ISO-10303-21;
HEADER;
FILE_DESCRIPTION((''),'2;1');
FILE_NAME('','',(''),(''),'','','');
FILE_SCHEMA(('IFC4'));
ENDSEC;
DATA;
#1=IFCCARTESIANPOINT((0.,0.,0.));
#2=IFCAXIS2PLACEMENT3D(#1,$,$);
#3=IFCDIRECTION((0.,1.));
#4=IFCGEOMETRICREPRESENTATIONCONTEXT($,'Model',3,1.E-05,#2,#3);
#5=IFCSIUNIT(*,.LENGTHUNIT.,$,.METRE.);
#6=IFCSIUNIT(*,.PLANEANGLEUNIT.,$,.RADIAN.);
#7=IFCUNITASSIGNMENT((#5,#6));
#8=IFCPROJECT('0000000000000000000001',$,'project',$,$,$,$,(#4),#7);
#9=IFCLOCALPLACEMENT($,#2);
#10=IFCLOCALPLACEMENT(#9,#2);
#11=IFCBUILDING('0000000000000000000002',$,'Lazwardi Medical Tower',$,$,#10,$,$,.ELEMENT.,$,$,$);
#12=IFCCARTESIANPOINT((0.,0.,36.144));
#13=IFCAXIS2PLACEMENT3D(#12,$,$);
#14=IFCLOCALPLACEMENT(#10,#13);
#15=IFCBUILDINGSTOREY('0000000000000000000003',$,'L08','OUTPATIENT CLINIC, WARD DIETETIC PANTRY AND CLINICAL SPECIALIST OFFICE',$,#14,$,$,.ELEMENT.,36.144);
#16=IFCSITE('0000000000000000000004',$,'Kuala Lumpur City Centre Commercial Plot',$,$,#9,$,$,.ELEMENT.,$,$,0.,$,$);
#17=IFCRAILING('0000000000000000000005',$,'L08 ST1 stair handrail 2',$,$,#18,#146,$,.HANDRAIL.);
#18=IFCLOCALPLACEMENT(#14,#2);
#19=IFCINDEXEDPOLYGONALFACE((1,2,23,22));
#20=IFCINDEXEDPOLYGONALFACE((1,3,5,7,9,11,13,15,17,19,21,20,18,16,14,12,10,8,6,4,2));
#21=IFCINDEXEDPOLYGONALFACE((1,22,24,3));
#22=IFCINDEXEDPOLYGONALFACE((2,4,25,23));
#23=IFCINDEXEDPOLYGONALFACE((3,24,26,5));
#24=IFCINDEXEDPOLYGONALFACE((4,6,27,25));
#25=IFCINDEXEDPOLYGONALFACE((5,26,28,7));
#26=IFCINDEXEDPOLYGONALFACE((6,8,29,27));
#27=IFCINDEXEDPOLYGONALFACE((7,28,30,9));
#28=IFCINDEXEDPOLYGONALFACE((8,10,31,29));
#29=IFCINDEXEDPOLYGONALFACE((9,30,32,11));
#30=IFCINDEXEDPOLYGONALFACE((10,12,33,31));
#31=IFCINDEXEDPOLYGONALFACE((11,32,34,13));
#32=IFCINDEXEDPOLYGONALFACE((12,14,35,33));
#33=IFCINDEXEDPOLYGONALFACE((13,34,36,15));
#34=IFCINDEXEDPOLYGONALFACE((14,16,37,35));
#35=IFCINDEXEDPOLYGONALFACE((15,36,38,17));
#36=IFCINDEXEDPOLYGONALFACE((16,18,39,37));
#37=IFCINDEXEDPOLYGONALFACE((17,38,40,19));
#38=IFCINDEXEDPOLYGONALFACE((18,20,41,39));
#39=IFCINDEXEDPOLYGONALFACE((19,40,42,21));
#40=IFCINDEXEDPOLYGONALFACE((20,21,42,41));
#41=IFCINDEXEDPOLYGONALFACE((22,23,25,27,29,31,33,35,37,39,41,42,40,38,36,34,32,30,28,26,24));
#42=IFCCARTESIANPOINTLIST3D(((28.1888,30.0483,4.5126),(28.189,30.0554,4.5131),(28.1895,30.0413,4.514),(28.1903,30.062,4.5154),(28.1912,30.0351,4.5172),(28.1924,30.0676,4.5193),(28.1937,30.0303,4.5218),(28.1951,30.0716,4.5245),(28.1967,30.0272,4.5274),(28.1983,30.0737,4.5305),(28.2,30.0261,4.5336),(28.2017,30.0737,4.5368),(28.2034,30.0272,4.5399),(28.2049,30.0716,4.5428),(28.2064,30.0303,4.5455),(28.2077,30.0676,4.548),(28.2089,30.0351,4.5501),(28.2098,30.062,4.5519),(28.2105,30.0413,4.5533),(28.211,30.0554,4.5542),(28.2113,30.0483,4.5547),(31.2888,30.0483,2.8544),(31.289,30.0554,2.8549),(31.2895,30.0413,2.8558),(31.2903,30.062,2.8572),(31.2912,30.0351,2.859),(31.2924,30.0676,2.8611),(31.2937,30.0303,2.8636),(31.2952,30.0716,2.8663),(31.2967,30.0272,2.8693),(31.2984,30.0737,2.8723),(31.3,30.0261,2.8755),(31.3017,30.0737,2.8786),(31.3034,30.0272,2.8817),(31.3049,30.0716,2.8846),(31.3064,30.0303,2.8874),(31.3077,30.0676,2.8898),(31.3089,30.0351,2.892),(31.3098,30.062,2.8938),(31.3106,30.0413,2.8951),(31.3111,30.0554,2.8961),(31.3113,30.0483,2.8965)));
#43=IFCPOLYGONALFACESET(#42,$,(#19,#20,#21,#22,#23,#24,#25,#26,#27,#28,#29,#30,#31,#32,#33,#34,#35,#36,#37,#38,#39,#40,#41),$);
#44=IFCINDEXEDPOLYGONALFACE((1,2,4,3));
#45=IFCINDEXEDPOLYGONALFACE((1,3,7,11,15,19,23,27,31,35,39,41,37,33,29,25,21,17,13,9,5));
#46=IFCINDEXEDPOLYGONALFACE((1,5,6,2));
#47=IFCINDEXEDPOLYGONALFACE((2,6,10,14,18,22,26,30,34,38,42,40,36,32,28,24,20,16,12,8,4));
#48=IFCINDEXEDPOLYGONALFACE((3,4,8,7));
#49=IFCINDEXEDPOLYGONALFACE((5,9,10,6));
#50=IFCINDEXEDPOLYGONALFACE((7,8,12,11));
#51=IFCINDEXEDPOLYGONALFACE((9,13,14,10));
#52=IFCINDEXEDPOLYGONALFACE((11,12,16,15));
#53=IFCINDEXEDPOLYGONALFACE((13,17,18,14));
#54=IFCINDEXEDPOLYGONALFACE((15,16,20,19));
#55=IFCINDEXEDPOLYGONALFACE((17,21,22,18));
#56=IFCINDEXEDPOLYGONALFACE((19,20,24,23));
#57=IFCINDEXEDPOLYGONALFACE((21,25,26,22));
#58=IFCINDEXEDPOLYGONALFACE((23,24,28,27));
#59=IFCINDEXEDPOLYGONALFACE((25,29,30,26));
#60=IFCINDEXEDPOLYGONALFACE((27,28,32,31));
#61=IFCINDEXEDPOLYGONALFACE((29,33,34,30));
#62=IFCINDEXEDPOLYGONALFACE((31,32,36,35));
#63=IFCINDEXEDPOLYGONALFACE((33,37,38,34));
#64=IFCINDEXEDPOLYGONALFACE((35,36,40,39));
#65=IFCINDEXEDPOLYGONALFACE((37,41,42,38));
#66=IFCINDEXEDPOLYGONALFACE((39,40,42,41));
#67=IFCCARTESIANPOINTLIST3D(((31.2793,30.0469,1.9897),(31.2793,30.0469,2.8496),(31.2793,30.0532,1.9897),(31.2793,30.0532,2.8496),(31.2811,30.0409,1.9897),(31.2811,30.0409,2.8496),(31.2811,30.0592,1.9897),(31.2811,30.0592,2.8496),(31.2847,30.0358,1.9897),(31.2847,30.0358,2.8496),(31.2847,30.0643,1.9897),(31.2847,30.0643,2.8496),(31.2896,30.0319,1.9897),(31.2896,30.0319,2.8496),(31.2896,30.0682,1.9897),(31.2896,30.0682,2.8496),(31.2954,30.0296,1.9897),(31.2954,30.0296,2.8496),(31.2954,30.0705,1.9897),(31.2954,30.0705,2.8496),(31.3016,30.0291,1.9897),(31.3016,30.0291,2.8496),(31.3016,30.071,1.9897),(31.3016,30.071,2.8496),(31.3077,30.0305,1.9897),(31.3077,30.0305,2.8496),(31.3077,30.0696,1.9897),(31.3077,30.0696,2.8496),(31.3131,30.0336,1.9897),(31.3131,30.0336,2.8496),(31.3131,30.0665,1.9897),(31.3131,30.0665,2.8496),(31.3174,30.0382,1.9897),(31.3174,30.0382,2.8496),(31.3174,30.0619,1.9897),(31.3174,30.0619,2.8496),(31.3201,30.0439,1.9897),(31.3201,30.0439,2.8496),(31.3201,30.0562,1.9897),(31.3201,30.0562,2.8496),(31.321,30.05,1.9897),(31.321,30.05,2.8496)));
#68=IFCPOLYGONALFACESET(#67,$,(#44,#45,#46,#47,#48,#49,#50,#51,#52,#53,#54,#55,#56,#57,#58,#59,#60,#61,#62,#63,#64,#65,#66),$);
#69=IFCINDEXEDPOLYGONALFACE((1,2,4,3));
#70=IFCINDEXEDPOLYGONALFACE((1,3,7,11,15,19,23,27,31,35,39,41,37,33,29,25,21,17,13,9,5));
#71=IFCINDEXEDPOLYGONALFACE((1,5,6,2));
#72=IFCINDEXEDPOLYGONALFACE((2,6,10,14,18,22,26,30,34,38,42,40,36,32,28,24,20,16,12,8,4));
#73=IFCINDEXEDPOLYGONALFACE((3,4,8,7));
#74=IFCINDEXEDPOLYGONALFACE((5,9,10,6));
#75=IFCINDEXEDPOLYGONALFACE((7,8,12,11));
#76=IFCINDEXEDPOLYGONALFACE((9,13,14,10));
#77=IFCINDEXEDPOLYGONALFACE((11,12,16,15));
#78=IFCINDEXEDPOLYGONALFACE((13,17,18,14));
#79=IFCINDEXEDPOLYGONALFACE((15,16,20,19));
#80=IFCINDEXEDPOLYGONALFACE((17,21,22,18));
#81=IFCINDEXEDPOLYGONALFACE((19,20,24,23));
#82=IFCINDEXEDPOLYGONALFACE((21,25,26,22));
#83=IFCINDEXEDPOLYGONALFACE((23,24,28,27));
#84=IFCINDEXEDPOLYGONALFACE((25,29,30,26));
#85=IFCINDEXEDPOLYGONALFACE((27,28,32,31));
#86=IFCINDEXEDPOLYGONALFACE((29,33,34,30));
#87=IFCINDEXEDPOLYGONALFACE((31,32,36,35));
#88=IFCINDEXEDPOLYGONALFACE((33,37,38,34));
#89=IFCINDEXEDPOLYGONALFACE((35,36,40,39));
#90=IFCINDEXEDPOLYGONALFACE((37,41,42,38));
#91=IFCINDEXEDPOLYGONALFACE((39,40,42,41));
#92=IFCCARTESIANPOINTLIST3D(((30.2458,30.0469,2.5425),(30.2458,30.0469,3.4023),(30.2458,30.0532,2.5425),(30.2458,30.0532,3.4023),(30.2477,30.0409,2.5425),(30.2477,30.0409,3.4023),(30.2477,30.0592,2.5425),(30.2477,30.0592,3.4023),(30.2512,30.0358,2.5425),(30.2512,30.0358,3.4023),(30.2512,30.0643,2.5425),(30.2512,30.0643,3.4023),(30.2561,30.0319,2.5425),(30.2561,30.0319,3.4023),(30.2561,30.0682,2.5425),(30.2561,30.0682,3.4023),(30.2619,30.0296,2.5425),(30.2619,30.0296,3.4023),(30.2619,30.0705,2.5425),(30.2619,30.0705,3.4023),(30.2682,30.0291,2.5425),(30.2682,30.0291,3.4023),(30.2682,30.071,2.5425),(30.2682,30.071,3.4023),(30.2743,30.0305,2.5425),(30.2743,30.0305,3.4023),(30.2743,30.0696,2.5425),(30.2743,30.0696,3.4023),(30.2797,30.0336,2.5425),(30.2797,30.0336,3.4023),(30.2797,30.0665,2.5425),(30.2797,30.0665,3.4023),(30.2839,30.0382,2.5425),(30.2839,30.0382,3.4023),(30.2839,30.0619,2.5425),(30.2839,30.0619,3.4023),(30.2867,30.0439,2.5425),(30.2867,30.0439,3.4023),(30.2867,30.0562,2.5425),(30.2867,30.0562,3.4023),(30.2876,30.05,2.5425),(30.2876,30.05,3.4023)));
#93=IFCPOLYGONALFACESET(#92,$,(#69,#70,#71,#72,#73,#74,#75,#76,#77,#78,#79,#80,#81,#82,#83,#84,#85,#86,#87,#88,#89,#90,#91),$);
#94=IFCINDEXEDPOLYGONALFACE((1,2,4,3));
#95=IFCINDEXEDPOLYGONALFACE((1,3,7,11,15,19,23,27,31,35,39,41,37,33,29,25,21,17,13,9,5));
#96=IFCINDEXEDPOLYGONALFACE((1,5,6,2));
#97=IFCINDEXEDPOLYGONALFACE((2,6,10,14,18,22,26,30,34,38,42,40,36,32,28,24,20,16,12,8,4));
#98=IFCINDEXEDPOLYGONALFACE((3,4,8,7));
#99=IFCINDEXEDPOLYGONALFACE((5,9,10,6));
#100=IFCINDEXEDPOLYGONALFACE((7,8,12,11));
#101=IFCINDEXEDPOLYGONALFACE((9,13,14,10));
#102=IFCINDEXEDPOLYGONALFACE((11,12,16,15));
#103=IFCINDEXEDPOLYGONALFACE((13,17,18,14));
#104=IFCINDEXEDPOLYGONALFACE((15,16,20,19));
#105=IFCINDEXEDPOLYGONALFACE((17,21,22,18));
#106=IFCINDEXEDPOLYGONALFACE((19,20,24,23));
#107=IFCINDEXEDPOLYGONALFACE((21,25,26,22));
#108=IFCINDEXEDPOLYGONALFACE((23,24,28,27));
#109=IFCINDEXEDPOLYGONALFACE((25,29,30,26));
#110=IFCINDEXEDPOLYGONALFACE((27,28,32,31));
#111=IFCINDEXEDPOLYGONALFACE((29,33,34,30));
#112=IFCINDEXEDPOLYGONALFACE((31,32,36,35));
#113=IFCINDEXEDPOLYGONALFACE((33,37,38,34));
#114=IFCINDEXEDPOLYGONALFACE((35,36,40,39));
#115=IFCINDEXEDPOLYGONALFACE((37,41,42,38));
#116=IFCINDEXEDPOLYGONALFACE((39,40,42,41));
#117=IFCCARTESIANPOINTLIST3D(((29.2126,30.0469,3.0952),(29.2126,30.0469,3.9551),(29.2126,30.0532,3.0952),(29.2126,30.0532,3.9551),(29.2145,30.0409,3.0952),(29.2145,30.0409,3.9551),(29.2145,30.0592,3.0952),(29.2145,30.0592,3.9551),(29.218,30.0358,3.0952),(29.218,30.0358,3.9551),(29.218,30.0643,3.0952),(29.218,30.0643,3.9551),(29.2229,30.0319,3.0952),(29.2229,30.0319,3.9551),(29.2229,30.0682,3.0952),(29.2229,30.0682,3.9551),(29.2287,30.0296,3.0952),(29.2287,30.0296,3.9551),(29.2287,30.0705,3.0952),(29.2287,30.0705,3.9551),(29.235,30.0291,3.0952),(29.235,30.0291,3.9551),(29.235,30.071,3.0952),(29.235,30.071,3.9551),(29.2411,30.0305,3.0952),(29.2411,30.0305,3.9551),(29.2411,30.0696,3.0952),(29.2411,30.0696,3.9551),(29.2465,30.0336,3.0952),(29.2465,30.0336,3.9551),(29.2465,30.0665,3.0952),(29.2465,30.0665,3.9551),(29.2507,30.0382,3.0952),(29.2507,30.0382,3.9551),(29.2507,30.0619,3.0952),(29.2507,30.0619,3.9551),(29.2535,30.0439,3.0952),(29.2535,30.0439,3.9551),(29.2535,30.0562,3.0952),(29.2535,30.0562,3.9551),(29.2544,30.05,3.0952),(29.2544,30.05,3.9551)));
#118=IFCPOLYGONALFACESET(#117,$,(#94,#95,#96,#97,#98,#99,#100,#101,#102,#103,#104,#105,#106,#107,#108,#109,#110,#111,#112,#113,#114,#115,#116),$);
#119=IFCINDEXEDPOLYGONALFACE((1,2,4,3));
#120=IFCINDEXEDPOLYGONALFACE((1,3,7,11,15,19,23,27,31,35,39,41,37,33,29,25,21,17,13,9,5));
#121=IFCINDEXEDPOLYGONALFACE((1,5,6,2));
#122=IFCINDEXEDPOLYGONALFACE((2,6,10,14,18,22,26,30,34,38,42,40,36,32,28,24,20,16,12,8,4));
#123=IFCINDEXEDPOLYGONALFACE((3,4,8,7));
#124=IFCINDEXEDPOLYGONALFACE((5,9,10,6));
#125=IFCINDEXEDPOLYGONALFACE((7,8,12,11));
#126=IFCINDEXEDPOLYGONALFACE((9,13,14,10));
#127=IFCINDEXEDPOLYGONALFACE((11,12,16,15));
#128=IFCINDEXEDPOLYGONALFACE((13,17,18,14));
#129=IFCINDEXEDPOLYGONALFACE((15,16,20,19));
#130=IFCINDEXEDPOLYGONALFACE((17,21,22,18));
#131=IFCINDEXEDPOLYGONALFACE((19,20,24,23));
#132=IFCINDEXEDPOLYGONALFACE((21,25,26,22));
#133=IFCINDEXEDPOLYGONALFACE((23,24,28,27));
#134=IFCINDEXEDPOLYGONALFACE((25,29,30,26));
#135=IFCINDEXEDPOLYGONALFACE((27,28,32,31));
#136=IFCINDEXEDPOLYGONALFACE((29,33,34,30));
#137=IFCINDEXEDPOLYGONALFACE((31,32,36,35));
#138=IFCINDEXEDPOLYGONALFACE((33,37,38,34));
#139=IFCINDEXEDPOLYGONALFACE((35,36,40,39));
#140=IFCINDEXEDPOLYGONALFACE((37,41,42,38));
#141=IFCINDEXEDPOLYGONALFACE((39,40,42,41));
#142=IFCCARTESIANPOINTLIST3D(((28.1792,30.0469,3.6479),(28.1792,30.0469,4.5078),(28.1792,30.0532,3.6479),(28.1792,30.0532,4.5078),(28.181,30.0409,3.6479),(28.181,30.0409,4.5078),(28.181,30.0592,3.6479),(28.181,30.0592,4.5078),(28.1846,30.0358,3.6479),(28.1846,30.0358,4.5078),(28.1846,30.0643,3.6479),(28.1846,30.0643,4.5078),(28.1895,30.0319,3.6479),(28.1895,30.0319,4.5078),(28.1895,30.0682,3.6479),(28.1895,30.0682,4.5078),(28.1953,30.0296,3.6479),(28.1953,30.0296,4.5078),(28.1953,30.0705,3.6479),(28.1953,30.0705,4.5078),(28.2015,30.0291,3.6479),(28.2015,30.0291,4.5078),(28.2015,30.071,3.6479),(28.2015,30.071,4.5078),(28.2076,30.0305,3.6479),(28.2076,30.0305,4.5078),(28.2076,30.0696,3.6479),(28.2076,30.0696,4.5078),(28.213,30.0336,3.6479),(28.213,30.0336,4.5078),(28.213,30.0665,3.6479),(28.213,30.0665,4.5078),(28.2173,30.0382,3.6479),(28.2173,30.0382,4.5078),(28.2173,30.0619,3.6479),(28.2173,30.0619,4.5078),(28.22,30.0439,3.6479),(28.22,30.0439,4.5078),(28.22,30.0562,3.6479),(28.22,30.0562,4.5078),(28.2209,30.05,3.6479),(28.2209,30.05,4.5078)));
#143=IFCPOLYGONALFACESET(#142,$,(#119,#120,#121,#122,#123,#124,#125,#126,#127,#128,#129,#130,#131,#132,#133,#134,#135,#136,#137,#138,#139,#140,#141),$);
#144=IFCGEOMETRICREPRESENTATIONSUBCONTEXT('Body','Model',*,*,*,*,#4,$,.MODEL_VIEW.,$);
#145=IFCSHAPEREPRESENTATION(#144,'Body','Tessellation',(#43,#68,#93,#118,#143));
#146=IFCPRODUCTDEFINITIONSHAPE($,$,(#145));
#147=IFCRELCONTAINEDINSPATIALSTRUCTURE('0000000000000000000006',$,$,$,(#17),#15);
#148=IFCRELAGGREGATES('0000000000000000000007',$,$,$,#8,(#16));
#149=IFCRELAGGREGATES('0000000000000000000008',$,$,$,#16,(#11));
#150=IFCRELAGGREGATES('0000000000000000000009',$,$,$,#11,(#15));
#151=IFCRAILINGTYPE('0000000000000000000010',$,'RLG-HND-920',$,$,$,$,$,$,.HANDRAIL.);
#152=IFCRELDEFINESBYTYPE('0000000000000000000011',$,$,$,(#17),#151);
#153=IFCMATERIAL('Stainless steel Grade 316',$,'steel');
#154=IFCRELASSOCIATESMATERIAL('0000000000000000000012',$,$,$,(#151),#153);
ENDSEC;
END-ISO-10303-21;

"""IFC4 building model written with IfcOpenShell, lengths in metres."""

from ifc_helpers import new_model, si_unit, direction, frame, origin, origin_2d, place, context, subcontext, project, spatial, circle, extrude, material, type_object, element, save


model = new_model("IFC4")

# Units and contexts
model_context = context("Model", 3, precision=1e-05, world=origin(), true_north=direction((0.0, 1.0)))
body_context = subcontext(model_context, "Body", "Model", "MODEL_VIEW")
ifc_project = project(units=[si_unit("LENGTHUNIT", "METRE"), si_unit("PLANEANGLEUNIT", "RADIAN")], contexts=[model_context])

# Site, building, storey
site_placement = place(None, origin())
site = spatial("IfcSite", under=ifc_project, at=site_placement, Name="Kuala Lumpur City Centre Commercial Plot", CompositionType="ELEMENT", RefElevation=0.0)
building_placement = place(site_placement, origin())
building = spatial("IfcBuilding", under=site, at=building_placement, Name="Lazwardi Medical Tower", CompositionType="ELEMENT")
storey_placement = place(building_placement, frame((0.0, 0.0, 36.144)))
storey = spatial("IfcBuildingStorey", under=building, at=storey_placement, Name="L08", Description="OUTPATIENT CLINIC, WARD DIETETIC PANTRY AND CLINICAL SPECIALIST OFFICE", CompositionType="ELEMENT", Elevation=36.144)

# Railing
ifc_material_1 = material(Name="Stainless steel Grade 316", Category="steel")
railing_type_1 = type_object("IfcRailingType", Name="RLG-HND-920", PredefinedType="HANDRAIL", material=ifc_material_1)
railing_1_placement = place(storey_placement, frame((31.3, 30.05, 1.9897)))
element("IfcRailing", 1, at=railing_1_placement, inside=storey, type_object=railing_type_1, Name="L08 ST1 stair handrail 2", PredefinedType="HANDRAIL", context=body_context, shape_type="SweptSolid", body=[
    extrude(circle(Radius=0.0239, at=origin_2d()), frame((0.0, 0.0, 0.8857), z_axis=(-0.881783, 0.0, 0.471655), x_axis=(0.0, -1.0, 0.0)), (0.0, 0.0, 1.0), 3.5156),
    extrude(circle(Radius=0.021, at=origin_2d()), origin(), (0.0, 0.0, 1.0), 0.8599),
    extrude(circle(Radius=0.021, at=origin_2d()), frame((-1.0334, 0.0, 0.5527)), (0.0, 0.0, 1.0), 0.8599),
    extrude(circle(Radius=0.021, at=origin_2d()), frame((-2.0667, 0.0, 1.1055)), (0.0, 0.0, 1.0), 0.8599),
    extrude(circle(Radius=0.021, at=origin_2d()), frame((-3.1001, 0.0, 1.6582)), (0.0, 0.0, 1.0), 0.8599),
])

save(model, "model.ifc")
